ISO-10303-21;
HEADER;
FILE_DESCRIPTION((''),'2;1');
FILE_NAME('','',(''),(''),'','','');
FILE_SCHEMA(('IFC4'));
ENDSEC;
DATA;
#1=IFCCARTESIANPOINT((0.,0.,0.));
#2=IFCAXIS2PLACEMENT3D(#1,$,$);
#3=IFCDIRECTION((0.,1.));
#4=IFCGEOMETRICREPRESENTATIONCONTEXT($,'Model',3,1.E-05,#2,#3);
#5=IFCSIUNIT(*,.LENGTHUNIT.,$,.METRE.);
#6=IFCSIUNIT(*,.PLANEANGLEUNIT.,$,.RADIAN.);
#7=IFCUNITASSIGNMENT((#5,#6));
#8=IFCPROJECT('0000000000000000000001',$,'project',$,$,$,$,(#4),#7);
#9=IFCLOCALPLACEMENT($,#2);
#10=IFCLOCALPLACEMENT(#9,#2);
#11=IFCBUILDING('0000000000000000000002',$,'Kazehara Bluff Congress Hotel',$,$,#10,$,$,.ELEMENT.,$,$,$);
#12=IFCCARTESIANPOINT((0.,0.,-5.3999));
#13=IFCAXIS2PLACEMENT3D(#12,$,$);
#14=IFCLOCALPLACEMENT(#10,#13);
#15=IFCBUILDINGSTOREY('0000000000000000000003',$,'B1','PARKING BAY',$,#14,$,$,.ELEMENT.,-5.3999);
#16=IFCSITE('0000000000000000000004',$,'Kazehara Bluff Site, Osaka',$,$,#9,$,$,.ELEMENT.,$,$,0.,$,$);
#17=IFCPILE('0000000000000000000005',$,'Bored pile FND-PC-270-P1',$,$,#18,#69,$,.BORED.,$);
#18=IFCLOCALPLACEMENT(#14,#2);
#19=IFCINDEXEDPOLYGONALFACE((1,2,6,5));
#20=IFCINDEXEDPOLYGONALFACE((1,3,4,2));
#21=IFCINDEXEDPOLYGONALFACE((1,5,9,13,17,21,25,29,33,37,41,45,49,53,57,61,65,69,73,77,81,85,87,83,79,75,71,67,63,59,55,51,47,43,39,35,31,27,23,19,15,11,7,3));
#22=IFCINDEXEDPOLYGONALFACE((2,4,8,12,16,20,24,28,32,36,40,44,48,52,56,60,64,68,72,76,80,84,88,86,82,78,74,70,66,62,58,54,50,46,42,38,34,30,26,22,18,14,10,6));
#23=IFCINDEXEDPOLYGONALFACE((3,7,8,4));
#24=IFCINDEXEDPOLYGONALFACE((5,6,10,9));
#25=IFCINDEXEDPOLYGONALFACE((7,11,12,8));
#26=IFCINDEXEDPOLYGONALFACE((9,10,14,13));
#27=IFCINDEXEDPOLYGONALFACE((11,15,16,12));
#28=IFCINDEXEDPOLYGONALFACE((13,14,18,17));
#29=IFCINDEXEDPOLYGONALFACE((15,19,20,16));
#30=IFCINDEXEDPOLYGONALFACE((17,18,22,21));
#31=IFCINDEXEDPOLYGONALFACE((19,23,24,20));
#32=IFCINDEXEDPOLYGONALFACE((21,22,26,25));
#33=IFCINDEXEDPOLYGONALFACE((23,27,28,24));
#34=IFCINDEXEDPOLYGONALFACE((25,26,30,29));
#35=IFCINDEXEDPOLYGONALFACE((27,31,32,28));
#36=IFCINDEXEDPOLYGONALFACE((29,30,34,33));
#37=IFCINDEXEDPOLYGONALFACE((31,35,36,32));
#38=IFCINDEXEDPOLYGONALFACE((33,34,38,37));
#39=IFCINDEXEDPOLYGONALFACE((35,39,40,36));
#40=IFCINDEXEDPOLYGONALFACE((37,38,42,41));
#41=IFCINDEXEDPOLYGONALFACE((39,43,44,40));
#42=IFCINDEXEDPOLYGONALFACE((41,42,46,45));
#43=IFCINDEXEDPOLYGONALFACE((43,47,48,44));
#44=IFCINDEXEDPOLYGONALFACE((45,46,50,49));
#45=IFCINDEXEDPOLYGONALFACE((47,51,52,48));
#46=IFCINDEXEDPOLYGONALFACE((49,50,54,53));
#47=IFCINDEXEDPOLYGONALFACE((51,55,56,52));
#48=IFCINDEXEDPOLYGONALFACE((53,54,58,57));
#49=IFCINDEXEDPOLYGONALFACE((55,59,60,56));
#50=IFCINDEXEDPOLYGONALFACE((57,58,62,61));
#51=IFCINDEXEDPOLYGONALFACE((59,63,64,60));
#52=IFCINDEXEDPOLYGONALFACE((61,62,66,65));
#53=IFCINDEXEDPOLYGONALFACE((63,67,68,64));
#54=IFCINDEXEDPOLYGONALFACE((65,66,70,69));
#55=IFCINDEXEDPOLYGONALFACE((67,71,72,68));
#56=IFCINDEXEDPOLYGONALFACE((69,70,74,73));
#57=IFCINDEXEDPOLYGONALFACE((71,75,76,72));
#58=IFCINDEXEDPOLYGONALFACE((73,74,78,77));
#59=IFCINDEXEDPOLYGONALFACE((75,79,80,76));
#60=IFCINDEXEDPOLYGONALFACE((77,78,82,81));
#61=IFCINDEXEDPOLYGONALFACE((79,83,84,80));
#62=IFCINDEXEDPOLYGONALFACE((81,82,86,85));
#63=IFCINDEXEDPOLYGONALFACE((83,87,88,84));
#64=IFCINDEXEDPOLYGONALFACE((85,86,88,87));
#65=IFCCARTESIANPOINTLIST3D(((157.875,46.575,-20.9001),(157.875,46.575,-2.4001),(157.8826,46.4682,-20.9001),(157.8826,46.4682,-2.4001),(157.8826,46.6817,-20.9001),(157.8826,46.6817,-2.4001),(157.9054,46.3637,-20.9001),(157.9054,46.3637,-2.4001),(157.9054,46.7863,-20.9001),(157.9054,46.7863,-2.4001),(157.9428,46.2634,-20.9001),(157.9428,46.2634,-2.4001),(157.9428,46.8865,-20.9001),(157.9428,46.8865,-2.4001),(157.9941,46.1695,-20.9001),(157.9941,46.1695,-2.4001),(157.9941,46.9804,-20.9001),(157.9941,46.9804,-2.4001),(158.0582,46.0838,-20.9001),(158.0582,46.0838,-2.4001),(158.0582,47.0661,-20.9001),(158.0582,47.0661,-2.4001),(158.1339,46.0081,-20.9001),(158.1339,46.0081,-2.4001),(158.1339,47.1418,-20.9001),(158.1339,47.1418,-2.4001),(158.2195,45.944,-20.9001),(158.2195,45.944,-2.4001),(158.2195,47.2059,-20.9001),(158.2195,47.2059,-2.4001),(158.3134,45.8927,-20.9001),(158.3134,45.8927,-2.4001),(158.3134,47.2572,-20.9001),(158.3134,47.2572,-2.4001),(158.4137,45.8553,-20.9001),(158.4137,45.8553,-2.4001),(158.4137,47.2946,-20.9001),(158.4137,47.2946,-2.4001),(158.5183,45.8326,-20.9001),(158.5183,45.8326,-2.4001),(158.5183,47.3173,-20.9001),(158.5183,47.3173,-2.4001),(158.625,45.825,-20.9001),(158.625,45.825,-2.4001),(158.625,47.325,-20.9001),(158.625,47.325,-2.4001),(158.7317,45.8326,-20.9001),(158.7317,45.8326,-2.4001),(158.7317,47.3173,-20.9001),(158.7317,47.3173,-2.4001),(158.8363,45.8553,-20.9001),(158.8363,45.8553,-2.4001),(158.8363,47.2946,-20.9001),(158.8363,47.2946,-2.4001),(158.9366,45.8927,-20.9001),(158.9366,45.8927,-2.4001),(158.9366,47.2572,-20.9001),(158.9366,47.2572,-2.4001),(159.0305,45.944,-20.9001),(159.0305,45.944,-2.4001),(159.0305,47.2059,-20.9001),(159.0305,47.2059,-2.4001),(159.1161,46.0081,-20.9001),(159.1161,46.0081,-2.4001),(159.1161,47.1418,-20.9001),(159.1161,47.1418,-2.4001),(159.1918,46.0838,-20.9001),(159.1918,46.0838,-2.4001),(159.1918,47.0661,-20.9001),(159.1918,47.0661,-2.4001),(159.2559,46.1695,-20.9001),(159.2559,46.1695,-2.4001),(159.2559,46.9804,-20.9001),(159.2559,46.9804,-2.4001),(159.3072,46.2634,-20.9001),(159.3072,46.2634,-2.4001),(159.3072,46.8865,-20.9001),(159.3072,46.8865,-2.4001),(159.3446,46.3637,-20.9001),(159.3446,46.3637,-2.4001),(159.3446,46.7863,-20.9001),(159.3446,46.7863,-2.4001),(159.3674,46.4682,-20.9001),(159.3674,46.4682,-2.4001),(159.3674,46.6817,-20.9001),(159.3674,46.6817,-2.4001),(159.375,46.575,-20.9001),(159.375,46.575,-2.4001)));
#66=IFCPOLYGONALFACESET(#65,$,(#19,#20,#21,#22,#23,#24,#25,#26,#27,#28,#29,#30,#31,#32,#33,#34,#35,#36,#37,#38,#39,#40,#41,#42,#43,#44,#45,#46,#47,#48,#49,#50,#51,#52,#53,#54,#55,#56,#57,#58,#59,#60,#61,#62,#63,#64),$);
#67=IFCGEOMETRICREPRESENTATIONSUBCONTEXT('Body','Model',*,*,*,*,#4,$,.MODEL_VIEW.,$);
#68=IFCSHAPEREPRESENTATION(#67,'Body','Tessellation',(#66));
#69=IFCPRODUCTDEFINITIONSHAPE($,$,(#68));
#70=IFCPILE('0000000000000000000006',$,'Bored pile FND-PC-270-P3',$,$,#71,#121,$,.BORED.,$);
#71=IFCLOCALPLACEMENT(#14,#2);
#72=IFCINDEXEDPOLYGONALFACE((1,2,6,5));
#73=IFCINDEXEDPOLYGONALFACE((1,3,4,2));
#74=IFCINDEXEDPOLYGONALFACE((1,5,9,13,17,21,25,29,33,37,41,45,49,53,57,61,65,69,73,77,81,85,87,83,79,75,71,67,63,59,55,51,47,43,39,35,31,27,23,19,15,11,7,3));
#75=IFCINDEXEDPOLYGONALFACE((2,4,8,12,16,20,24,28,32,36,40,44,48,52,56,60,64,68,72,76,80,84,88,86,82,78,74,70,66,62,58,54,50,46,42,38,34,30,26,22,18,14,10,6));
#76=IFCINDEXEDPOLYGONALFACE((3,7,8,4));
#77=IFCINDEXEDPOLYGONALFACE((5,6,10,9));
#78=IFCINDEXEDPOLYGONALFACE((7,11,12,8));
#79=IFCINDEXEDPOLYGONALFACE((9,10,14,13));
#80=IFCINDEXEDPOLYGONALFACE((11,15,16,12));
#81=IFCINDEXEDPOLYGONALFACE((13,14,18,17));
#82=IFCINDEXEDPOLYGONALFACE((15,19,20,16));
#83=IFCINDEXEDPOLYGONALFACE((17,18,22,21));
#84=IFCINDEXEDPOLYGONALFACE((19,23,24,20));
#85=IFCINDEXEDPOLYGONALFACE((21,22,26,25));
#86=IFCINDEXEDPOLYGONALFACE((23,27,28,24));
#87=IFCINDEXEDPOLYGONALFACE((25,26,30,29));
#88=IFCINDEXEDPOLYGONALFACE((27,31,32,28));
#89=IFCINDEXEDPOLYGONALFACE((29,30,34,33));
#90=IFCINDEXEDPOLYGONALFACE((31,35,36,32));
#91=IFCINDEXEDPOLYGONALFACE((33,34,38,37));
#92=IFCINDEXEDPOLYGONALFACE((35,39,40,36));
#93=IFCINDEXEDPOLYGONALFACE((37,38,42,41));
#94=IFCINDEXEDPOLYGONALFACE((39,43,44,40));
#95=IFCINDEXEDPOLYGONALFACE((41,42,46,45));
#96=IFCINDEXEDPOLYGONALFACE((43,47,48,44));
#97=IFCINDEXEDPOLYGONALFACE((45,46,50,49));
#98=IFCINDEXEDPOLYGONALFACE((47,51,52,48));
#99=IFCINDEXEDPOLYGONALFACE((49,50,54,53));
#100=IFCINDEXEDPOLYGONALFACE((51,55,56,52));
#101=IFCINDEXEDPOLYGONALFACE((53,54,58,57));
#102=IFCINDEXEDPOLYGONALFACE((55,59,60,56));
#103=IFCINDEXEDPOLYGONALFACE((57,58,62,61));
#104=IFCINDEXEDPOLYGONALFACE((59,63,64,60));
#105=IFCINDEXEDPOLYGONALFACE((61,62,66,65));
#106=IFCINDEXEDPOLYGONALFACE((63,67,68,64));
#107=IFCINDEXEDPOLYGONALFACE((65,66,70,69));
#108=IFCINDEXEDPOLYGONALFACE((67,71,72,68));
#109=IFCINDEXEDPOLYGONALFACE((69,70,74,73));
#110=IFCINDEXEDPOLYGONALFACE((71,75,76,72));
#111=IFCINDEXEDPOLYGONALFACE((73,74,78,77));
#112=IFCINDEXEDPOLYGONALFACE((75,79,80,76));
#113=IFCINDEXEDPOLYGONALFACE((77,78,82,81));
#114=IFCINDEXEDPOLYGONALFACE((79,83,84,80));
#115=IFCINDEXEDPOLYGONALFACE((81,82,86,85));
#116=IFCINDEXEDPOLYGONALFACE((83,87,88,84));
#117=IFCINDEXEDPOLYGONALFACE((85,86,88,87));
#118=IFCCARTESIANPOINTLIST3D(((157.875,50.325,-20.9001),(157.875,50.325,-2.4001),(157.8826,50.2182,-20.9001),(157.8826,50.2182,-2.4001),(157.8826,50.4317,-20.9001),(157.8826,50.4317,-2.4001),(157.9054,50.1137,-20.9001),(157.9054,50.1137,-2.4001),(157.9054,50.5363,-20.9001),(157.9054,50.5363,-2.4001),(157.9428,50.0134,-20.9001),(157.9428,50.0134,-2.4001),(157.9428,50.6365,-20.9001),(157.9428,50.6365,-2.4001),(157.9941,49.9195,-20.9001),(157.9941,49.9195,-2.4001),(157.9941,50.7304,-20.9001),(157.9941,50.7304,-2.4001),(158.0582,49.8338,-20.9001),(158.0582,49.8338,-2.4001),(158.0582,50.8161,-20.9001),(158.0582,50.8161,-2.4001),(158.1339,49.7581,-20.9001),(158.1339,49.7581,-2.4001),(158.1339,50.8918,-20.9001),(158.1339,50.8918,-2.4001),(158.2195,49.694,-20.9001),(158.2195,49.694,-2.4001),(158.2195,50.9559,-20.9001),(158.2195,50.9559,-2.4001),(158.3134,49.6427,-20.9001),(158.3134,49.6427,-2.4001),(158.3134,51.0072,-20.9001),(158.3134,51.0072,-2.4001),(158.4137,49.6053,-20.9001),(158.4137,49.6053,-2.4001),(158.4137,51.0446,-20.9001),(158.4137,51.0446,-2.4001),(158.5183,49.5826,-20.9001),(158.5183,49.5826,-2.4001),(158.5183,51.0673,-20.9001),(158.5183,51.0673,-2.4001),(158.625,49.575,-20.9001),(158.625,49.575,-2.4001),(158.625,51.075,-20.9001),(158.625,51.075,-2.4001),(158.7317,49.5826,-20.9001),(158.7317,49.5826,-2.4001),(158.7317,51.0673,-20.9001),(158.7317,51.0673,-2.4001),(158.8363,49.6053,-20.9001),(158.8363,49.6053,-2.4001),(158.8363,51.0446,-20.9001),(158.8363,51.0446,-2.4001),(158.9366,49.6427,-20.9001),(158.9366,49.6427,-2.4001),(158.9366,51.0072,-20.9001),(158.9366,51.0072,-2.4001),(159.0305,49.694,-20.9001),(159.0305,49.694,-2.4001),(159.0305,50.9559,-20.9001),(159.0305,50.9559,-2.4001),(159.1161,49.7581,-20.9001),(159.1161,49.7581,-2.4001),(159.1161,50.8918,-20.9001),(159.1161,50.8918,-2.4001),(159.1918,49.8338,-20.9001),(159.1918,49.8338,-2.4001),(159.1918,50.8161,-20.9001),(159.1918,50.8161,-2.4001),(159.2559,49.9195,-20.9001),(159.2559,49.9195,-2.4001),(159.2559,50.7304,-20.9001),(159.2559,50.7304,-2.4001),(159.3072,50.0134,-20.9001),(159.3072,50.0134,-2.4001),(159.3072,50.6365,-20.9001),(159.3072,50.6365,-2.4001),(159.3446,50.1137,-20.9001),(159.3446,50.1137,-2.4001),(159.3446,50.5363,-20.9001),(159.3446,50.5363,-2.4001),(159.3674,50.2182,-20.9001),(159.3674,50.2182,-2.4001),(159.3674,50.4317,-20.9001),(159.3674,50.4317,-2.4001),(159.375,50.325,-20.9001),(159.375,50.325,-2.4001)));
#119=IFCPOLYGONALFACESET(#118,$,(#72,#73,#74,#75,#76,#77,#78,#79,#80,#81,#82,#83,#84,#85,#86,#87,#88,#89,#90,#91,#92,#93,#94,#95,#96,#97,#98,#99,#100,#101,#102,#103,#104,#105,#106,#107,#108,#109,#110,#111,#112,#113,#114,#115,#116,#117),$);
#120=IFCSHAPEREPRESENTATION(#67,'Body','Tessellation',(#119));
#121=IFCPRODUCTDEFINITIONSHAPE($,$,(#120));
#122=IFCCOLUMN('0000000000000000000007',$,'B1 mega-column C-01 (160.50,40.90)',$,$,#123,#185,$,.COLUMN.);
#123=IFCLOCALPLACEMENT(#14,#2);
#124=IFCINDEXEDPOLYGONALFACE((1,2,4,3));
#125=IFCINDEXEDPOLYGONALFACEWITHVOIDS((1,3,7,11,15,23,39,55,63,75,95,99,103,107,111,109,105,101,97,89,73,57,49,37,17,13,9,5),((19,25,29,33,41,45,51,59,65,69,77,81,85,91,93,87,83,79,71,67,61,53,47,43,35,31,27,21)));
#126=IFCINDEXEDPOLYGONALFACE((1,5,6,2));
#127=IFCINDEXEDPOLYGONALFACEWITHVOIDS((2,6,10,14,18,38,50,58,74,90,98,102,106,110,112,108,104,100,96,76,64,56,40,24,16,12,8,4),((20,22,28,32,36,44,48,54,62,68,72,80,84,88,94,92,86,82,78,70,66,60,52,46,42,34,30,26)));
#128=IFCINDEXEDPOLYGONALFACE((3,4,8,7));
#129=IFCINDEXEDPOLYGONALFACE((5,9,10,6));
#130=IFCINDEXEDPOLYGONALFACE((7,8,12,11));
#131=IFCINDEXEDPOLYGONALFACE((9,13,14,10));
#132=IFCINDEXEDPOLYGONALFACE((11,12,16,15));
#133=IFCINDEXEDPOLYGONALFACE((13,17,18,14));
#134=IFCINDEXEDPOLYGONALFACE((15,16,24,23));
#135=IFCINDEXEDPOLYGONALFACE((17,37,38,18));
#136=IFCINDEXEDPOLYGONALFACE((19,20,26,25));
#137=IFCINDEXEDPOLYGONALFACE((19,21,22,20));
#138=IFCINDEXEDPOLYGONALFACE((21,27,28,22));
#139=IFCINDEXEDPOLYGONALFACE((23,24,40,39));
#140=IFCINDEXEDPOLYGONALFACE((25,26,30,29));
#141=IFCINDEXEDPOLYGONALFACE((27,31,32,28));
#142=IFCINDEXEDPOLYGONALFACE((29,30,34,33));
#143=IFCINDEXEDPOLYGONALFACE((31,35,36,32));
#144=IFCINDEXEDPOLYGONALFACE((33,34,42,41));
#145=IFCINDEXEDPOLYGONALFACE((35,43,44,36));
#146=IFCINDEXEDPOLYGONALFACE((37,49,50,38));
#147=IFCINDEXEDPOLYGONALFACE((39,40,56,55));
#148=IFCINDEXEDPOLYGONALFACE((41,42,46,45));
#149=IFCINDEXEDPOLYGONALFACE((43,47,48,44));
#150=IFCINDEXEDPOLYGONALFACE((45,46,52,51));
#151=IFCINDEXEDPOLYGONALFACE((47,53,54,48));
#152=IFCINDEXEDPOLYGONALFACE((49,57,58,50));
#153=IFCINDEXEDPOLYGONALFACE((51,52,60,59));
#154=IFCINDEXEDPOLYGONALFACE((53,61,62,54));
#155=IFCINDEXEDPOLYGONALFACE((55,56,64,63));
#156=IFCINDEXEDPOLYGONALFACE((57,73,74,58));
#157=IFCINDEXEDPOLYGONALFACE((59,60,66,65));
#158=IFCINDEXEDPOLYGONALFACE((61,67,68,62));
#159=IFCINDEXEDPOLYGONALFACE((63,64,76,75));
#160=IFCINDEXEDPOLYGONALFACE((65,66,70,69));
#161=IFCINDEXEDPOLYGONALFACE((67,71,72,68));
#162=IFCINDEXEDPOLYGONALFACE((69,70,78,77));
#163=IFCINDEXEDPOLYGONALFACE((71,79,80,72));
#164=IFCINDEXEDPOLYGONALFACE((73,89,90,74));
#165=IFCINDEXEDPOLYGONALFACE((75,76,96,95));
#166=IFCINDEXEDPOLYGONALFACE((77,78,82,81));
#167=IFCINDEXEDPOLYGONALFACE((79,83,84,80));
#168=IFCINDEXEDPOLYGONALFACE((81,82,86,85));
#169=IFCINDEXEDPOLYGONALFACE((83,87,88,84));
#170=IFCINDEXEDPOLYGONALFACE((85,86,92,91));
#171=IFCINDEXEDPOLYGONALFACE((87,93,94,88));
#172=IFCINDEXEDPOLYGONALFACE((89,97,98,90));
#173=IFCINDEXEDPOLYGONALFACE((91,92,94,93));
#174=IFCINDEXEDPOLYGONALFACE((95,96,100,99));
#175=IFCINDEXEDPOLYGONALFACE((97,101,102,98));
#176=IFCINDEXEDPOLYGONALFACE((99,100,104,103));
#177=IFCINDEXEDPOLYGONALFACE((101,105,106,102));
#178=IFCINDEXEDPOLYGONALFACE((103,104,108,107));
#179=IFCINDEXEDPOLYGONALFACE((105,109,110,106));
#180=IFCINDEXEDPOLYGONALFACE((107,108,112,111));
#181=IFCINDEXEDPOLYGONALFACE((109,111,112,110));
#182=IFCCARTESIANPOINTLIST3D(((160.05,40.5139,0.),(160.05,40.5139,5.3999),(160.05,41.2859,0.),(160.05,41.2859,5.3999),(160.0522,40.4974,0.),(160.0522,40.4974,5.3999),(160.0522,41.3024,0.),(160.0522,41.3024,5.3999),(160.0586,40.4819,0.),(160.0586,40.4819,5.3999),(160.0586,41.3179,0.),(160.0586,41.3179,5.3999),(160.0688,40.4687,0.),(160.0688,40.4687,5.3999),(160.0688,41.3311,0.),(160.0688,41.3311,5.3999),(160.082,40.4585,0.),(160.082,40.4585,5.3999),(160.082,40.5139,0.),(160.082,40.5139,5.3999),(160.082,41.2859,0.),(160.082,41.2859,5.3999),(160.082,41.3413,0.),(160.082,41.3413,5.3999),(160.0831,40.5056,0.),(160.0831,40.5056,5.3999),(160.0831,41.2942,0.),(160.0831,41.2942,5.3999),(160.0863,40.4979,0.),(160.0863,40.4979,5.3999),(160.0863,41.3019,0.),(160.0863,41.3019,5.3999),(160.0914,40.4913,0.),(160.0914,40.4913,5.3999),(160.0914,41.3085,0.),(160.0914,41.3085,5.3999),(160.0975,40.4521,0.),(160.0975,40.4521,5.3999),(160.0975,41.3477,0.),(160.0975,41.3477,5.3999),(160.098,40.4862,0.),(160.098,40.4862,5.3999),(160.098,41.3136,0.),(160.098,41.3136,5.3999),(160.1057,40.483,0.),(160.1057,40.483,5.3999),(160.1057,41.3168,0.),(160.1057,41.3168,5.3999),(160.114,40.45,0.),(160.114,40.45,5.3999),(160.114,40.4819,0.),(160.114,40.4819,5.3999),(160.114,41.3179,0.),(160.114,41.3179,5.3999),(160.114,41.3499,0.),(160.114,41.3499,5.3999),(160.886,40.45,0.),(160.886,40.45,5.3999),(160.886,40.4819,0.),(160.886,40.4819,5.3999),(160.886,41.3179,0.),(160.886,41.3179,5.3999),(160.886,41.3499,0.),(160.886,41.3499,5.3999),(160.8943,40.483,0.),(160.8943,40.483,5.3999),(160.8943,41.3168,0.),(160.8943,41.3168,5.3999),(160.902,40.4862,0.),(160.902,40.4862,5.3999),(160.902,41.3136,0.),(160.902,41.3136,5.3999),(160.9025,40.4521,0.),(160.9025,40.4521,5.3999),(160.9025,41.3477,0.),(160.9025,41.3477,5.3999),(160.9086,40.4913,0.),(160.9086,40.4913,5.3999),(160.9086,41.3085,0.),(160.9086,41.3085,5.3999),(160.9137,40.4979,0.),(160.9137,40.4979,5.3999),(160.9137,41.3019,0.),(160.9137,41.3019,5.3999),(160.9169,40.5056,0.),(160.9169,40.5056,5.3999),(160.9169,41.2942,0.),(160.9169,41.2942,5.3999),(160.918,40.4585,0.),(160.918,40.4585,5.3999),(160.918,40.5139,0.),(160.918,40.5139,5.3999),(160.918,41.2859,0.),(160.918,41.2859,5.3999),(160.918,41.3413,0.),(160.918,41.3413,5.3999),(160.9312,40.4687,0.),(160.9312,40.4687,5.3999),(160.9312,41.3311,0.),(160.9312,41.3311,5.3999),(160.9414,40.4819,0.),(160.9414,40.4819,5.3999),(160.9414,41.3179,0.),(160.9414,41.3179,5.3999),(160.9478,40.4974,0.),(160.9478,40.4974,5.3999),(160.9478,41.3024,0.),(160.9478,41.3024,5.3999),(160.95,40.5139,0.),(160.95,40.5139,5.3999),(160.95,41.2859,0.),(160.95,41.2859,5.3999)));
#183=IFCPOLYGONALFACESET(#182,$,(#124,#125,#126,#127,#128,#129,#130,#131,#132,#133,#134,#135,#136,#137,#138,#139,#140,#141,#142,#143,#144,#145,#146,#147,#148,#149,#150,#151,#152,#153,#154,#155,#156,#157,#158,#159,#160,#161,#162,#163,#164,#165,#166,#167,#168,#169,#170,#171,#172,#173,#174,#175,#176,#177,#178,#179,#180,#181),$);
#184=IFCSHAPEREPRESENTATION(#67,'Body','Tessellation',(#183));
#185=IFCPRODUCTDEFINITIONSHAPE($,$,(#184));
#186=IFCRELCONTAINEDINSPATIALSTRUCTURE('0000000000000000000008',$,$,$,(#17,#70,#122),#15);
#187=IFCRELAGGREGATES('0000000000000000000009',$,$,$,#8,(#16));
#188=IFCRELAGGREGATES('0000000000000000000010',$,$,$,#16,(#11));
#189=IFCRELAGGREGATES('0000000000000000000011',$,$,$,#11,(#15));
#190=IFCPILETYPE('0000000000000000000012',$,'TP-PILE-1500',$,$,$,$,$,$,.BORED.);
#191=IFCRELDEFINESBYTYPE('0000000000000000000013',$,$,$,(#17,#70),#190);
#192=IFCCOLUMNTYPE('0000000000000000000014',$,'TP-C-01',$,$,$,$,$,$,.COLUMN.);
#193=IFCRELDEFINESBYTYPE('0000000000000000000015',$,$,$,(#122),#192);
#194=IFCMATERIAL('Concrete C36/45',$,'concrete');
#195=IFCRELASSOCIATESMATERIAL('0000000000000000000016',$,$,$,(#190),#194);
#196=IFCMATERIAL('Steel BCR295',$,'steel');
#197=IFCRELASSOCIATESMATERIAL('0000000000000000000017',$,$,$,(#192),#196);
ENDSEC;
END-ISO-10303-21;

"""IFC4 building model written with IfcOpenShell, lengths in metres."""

from ifc_helpers import new_model, si_unit, direction, frame, origin, origin_2d, place, context, subcontext, project, spatial, hollow_rectangle, circle, extrude, material, material_profile, profile_set, type_object, element, save


model = new_model("IFC4")

# Units and contexts
model_context = context("Model", 3, precision=1e-05, world=origin(), true_north=direction((0.0, 1.0)))
body_context = subcontext(model_context, "Body", "Model", "MODEL_VIEW")
ifc_project = project(units=[si_unit("LENGTHUNIT", "METRE"), si_unit("PLANEANGLEUNIT", "RADIAN")], contexts=[model_context])

# Site, building, storey
site_placement = place(None, origin())
site = spatial("IfcSite", under=ifc_project, at=site_placement, Name="Kazehara Bluff Site, Osaka", CompositionType="ELEMENT", RefElevation=0.0)
building_placement = place(site_placement, origin())
building = spatial("IfcBuilding", under=site, at=building_placement, Name="Kazehara Bluff Congress Hotel", CompositionType="ELEMENT")
storey_placement = place(building_placement, frame((0.0, 0.0, -5.3999)))
storey = spatial("IfcBuildingStorey", under=building, at=storey_placement, Name="B1", Description="PARKING BAY", CompositionType="ELEMENT", Elevation=-5.3999)

# Piles
ifc_material_1 = material(Name="Concrete C36/45", Category="concrete")
ifc_material_profile_1 = material_profile(ifc_material_1, circle(Radius=0.75, at=origin_2d()))
ifc_profile_set_1 = profile_set([ifc_material_profile_1], Name="Concrete C36/45")
pile_type_1 = type_object("IfcPileType", Name="TP-PILE-1500", PredefinedType="BORED", material=ifc_profile_set_1)
for number, where, z_axis, x_axis, name in (
    (1, (158.625, 46.575, -2.4001), (0.0, 0.0, -1.0), (1.0, 0.0, 0.0), "Bored pile FND-PC-270-P1"),
    (2, (158.625, 50.325, -2.4001), (0.0, 0.0, -1.0), (1.0, 0.0, 0.0), "Bored pile FND-PC-270-P3"),
):
    element("IfcPile", number, at=place(storey_placement, frame(where, z_axis=z_axis, x_axis=x_axis)), inside=storey, type_object=pile_type_1, Name=name, PredefinedType="BORED", context=body_context, shape_type="SweptSolid", body=[
        extrude(circle(Radius=0.75, at=origin_2d()), origin(), (0.0, 0.0, 1.0), 18.5),
    ])

# Column
ifc_material_2 = material(Name="Steel BCR295", Category="steel")
ifc_material_profile_2 = material_profile(ifc_material_2, hollow_rectangle(XDim=0.8999, YDim=0.8999, WallThickness=0.032, InnerFilletRadius=0.032, OuterFilletRadius=0.064, at=origin_2d()))
ifc_profile_set_2 = profile_set([ifc_material_profile_2], Name="Steel BCR295")
column_type = type_object("IfcColumnType", Name="TP-C-01", PredefinedType="COLUMN", material=ifc_profile_set_2)
for number, where, z_axis, x_axis, name in (
    (3, (160.5, 40.8999, 0.0), (0.0, 0.0, 1.0), (1.0, 0.0, 0.0), "B1 mega-column C-01 (160.50,40.90)"),
):
    element("IfcColumn", number, at=place(storey_placement, frame(where, z_axis=z_axis, x_axis=x_axis)), inside=storey, type_object=column_type, Name=name, PredefinedType="COLUMN", context=body_context, shape_type="SweptSolid", body=[
        extrude(hollow_rectangle(XDim=0.8999, YDim=0.8999, WallThickness=0.032, InnerFilletRadius=0.032, OuterFilletRadius=0.064, at=origin_2d()), origin(), (0.0, 0.0, 1.0), 5.3999),
    ])

save(model, "model.ifc")
